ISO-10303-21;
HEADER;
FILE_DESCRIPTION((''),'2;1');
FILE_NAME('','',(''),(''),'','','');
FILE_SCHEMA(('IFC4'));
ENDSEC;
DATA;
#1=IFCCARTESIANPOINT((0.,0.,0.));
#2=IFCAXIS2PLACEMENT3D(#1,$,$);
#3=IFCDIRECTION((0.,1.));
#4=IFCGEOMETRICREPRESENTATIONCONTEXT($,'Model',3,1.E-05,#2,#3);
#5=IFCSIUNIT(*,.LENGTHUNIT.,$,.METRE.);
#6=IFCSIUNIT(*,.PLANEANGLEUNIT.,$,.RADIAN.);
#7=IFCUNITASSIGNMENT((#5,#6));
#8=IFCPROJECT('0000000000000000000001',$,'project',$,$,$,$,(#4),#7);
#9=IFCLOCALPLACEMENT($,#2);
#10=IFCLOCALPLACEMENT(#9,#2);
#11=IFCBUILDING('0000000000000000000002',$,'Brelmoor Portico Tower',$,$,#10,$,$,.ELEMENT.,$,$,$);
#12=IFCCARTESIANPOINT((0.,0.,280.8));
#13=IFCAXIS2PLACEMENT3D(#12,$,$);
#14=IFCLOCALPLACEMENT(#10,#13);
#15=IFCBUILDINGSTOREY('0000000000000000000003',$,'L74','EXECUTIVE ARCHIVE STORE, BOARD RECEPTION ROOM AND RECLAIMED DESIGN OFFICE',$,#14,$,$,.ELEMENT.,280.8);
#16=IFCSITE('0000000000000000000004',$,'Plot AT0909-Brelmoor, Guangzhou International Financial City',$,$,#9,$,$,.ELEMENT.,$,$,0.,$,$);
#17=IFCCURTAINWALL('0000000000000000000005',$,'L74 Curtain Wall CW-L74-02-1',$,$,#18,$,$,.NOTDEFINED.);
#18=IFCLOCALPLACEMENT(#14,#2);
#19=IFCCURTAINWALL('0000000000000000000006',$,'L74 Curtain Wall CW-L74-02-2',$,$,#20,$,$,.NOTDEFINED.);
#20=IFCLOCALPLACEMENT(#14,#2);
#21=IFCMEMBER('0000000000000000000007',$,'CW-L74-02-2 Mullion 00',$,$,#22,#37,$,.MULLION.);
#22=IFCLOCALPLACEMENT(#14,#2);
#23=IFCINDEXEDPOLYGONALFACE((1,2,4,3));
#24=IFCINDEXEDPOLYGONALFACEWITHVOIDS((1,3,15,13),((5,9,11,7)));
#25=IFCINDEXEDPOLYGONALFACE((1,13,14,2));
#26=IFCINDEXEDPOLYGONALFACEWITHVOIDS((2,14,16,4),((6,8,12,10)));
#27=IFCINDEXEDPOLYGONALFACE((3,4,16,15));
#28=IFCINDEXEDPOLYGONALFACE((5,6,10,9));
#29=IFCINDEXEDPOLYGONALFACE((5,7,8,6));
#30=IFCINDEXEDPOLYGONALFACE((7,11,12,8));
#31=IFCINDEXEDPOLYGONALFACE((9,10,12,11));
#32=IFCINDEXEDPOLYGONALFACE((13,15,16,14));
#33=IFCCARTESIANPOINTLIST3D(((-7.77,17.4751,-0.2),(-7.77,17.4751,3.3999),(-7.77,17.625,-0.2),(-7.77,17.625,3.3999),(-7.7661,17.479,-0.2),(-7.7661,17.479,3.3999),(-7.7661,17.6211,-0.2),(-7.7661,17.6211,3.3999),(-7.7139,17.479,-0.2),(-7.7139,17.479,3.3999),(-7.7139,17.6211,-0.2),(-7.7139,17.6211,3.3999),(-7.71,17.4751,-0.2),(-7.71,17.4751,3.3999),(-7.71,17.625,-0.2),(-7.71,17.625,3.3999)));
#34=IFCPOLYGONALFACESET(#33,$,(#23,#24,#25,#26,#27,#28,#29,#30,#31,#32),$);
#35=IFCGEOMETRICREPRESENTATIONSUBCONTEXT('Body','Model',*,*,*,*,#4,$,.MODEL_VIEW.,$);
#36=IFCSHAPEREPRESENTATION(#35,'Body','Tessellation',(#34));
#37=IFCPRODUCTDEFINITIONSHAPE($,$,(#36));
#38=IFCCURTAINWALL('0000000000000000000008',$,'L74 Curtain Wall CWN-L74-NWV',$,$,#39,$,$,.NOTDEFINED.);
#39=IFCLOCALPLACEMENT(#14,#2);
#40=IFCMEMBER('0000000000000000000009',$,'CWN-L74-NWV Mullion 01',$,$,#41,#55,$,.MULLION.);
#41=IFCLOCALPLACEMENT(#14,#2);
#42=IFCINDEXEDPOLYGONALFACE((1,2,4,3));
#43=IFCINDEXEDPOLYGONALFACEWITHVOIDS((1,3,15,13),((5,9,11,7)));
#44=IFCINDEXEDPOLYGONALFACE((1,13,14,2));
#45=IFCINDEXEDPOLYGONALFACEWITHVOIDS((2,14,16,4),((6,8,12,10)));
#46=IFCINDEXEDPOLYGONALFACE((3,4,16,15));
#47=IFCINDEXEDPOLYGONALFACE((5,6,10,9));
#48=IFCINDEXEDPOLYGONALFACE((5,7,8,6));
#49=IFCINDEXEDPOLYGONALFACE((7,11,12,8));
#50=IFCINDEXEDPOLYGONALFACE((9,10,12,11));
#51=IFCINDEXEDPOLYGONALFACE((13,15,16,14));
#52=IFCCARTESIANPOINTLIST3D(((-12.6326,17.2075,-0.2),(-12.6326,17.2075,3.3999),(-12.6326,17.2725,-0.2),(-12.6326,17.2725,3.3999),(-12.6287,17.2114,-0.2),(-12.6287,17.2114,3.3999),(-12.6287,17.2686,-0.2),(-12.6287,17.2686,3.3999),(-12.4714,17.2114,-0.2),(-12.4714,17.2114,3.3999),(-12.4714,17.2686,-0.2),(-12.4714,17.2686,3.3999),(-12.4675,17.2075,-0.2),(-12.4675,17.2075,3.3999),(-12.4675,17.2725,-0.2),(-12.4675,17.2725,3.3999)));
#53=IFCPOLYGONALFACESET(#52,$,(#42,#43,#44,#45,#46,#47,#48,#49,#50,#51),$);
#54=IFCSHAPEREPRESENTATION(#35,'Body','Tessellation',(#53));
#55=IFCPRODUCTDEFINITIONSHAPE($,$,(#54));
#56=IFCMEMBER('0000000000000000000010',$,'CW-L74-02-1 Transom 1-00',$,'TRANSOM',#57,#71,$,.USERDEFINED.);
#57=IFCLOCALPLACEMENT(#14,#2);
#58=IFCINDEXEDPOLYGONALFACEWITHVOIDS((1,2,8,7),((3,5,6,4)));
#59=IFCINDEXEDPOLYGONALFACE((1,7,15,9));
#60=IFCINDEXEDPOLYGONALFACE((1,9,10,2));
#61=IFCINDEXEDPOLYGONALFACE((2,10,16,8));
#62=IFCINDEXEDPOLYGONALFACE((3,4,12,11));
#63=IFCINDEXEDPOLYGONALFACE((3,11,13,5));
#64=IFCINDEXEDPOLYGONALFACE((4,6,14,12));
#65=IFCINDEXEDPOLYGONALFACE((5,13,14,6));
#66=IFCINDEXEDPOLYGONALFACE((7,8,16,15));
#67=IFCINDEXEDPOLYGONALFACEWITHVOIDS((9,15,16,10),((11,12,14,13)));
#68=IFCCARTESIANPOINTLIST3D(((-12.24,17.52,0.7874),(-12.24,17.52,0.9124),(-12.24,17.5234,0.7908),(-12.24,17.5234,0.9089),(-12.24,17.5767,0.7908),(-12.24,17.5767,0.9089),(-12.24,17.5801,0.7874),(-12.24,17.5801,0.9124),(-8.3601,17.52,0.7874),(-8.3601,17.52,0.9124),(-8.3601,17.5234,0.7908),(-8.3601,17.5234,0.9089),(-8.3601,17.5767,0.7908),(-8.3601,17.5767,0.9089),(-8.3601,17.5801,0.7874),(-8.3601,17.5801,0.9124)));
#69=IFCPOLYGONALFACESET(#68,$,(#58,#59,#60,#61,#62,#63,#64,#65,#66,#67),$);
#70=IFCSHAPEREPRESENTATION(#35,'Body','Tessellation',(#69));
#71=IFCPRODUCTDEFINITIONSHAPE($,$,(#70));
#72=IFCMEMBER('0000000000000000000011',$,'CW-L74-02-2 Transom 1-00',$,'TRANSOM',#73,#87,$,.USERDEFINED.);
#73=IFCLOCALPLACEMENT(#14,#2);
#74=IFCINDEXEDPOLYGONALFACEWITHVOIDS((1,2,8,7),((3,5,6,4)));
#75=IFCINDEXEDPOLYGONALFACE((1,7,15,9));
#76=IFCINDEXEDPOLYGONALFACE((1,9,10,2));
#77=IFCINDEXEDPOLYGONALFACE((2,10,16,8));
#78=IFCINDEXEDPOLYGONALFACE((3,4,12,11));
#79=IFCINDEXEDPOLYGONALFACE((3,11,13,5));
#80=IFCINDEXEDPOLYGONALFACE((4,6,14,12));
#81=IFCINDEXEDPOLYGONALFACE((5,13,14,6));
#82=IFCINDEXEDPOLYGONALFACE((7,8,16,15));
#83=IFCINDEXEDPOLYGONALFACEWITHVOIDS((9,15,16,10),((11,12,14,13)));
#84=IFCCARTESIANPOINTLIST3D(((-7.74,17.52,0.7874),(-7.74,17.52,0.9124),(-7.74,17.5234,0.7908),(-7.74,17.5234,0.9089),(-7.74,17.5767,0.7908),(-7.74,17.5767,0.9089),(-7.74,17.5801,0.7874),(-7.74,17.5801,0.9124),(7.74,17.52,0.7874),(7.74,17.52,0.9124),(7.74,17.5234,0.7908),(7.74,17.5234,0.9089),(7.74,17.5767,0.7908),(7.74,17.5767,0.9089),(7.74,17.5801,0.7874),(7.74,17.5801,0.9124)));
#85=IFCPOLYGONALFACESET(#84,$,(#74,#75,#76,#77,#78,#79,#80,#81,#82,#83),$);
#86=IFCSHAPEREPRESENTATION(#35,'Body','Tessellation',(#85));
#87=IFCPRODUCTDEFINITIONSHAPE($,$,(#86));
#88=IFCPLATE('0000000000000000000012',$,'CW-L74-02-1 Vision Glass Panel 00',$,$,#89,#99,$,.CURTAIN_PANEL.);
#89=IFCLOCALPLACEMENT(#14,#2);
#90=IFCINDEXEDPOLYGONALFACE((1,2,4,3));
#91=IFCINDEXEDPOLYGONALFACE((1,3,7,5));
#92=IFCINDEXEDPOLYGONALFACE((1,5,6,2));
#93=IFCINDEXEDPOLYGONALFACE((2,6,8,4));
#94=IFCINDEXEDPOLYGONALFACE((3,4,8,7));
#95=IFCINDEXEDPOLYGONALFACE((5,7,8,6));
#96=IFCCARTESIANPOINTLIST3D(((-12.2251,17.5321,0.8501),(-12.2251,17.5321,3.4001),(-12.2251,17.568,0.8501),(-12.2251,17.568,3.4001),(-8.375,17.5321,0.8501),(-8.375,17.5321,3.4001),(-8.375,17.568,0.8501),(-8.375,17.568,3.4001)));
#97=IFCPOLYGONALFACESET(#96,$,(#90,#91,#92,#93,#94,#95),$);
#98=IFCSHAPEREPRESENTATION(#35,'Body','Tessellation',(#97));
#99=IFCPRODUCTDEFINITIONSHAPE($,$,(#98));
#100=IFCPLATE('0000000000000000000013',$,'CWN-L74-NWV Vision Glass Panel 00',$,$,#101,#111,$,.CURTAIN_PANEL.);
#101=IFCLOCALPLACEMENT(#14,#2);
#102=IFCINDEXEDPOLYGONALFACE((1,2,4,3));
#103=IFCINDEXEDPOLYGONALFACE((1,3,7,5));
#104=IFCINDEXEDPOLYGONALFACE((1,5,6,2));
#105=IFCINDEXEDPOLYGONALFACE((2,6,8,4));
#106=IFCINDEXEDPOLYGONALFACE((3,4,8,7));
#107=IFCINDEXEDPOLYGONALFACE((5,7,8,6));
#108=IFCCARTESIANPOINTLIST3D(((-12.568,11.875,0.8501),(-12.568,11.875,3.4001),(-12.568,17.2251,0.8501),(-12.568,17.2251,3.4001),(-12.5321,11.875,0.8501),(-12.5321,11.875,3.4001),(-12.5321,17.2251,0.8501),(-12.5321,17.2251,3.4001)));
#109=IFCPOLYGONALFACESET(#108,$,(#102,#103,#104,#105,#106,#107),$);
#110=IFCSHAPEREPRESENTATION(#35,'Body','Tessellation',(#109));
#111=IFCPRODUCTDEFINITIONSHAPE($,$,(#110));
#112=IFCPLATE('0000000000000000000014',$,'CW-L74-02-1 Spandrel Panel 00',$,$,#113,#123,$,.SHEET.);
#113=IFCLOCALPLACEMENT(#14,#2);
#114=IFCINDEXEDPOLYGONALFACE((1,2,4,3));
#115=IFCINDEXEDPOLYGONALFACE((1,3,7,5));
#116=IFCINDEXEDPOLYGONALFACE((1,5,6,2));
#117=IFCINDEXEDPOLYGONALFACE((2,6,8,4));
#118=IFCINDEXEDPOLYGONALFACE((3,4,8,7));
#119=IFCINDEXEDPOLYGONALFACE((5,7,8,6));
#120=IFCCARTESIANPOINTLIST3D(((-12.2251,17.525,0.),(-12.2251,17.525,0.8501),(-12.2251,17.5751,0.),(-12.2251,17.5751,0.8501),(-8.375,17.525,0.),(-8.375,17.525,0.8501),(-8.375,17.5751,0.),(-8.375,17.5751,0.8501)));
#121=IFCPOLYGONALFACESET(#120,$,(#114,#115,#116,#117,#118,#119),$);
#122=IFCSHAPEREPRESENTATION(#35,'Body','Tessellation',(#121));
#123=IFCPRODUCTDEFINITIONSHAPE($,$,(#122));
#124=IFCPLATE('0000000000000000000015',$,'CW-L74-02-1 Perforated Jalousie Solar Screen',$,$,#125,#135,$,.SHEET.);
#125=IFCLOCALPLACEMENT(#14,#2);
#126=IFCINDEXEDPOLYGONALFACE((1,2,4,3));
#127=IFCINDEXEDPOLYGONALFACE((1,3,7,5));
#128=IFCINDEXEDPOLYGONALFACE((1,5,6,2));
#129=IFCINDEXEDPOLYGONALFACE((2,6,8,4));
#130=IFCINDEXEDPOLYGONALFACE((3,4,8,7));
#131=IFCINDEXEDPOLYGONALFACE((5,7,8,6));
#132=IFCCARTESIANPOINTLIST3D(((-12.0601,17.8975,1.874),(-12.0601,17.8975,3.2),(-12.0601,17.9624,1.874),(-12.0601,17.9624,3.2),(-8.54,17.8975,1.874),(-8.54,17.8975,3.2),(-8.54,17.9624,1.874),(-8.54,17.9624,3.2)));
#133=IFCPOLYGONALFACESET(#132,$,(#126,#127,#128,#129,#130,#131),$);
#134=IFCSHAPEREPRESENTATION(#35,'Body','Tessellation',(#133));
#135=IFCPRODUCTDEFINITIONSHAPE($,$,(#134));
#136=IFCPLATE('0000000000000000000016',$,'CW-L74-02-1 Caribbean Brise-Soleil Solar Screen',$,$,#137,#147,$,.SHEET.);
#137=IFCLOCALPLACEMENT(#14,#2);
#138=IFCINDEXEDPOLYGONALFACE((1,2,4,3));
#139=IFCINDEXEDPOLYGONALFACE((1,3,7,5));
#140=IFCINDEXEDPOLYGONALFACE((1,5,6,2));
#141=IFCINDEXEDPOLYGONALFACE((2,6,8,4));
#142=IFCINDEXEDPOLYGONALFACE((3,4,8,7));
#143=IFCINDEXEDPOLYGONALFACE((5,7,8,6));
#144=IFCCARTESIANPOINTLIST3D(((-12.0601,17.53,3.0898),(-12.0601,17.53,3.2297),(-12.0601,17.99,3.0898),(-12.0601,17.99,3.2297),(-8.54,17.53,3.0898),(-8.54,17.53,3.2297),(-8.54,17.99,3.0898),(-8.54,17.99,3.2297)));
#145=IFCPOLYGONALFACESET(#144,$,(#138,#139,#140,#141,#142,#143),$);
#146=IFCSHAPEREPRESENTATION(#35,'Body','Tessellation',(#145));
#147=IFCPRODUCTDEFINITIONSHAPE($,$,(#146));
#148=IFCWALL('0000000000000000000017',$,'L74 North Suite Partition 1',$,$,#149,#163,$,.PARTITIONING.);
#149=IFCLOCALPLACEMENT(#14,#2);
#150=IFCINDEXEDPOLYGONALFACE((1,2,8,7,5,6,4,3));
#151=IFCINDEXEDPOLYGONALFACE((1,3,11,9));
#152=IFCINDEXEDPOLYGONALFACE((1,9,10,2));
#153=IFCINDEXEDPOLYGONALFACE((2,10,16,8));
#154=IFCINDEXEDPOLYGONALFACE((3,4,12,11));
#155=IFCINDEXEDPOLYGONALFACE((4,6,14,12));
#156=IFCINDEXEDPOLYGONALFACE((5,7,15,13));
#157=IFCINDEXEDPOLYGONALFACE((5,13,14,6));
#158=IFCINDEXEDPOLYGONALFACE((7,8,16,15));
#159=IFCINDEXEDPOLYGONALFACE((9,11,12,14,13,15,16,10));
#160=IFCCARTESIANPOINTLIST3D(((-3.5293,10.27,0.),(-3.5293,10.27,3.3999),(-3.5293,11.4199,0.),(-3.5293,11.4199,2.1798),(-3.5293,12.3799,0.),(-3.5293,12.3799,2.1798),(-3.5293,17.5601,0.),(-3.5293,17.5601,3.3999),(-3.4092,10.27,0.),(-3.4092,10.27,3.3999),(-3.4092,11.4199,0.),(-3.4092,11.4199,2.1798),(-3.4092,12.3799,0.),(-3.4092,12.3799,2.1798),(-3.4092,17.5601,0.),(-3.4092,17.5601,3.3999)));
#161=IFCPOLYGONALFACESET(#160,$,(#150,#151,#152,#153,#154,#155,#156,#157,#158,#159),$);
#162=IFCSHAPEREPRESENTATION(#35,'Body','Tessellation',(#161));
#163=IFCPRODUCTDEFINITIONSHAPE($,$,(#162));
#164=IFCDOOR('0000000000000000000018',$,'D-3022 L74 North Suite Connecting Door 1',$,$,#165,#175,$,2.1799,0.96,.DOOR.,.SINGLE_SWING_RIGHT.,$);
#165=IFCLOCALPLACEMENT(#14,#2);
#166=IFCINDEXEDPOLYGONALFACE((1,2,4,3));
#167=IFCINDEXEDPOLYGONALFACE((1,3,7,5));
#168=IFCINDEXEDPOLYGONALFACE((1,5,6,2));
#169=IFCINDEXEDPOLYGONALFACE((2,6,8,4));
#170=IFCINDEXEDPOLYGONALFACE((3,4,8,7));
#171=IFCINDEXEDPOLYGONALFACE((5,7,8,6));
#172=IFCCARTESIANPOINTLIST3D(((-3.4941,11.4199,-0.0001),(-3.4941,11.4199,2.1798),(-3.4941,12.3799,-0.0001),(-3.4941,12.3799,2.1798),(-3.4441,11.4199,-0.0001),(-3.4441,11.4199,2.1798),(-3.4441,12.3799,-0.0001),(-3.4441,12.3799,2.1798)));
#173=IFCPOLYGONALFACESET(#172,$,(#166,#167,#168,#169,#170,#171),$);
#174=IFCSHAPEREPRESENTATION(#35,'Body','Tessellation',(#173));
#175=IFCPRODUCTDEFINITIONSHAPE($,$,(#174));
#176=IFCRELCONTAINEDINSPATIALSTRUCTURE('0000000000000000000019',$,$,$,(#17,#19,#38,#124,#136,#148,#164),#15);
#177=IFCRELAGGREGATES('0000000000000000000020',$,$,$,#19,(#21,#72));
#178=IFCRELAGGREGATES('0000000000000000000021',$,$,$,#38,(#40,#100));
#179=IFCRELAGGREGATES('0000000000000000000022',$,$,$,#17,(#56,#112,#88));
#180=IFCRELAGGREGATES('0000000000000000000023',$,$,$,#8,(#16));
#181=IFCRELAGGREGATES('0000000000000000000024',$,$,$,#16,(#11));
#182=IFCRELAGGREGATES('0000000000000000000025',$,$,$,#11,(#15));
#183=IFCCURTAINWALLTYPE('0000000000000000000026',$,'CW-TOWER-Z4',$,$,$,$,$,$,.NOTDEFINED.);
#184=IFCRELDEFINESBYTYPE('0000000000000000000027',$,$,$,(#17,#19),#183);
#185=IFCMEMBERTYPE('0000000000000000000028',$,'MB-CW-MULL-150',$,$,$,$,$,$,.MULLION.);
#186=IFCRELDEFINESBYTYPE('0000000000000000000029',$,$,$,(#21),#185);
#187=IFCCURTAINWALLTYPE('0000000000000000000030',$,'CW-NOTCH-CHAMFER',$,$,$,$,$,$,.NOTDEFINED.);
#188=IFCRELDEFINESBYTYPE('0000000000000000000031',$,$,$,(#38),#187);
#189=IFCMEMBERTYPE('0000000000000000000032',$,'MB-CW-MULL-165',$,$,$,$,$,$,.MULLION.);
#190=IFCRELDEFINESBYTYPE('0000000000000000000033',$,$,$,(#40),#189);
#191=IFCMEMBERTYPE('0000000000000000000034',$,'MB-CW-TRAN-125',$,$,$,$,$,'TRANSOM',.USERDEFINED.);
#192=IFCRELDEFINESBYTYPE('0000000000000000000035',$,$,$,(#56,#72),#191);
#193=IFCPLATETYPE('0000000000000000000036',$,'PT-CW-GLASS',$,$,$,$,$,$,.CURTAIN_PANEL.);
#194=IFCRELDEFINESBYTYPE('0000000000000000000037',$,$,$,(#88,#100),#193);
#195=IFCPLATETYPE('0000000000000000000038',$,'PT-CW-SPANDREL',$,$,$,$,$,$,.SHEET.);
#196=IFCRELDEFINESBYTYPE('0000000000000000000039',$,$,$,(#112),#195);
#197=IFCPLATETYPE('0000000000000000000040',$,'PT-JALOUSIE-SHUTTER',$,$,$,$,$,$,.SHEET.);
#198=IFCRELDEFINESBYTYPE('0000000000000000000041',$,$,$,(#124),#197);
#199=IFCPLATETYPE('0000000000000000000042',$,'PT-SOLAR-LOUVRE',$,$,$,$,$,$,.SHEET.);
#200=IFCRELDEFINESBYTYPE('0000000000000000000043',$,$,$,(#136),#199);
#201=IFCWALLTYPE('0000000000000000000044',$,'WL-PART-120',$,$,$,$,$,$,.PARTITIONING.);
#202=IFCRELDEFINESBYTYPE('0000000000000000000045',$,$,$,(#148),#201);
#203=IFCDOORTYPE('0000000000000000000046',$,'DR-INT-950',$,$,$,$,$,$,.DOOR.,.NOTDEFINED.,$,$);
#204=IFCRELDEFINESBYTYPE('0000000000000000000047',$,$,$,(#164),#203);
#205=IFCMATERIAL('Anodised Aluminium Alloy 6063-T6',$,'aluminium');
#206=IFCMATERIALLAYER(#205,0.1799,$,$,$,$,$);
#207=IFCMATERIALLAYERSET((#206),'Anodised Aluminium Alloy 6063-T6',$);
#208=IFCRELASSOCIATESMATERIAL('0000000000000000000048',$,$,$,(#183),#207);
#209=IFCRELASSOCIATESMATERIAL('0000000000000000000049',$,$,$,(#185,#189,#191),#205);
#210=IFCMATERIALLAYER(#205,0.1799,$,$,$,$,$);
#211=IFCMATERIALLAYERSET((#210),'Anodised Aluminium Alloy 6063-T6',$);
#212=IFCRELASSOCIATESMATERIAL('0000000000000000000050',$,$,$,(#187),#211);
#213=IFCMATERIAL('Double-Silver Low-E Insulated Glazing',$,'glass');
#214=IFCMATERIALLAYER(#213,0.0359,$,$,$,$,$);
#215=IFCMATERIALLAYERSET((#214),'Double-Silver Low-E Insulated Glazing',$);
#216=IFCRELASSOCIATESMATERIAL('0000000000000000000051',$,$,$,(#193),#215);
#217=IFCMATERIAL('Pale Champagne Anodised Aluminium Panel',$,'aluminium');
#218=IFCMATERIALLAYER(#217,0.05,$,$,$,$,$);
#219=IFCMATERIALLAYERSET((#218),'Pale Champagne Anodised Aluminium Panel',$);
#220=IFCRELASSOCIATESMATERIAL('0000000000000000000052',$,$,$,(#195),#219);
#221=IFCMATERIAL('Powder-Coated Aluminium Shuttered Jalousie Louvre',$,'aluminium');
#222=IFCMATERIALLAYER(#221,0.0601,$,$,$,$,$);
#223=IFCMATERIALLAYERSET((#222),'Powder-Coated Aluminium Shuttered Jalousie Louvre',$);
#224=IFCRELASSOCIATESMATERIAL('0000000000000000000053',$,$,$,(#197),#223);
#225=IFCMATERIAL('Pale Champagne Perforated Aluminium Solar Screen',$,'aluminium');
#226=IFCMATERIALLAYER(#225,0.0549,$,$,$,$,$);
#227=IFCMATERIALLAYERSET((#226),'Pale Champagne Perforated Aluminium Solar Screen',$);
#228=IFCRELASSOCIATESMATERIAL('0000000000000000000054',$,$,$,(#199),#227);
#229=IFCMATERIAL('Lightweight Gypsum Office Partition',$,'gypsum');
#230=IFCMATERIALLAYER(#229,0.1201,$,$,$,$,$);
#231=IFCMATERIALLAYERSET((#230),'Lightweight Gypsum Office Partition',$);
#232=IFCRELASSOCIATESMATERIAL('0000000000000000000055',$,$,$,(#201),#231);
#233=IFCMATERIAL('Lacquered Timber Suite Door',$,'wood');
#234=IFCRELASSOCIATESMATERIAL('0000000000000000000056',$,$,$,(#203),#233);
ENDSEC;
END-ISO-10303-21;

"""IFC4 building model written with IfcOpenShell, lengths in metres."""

from ifc_helpers import new_model, si_unit, direction, frame, frame_2d, origin, origin_2d, place, context, subcontext, project, spatial, rectangle, hollow_rectangle, extrude, material, layer, layer_set, material_profile, profile_set, type_object, element, fill, aggregate, save


model = new_model("IFC4")

# Units and contexts
model_context = context("Model", 3, precision=1e-05, world=origin(), true_north=direction((0.0, 1.0)))
body_context = subcontext(model_context, "Body", "Model", "MODEL_VIEW")
ifc_project = project(units=[si_unit("LENGTHUNIT", "METRE"), si_unit("PLANEANGLEUNIT", "RADIAN")], contexts=[model_context])

# Site, building, storey
site_placement = place(None, origin())
site = spatial("IfcSite", under=ifc_project, at=site_placement, Name="Plot AT0909-Brelmoor, Guangzhou International Financial City", CompositionType="ELEMENT", RefElevation=0.0)
building_placement = place(site_placement, origin())
building = spatial("IfcBuilding", under=site, at=building_placement, Name="Brelmoor Portico Tower", CompositionType="ELEMENT")
storey_placement = place(building_placement, frame((0.0, 0.0, 280.8)))
storey = spatial("IfcBuildingStorey", under=building, at=storey_placement, Name="L74", Description="EXECUTIVE ARCHIVE STORE, BOARD RECEPTION ROOM AND RECLAIMED DESIGN OFFICE", CompositionType="ELEMENT", Elevation=280.8)

# Curtain wall
ifc_material_1 = material(Name="Anodised Aluminium Alloy 6063-T6", Category="aluminium")
ifc_layer_1 = layer(ifc_material_1, 0.1799)
ifc_layer_set_1 = layer_set([ifc_layer_1], Name="Anodised Aluminium Alloy 6063-T6")
curtain_wall_type_1 = type_object("IfcCurtainWallType", Name="CW-TOWER-Z4", PredefinedType="NOTDEFINED", material=ifc_layer_set_1)
curtain_wall_1_placement = place(storey_placement, origin())
curtain_wall_1 = element("IfcCurtainWall", 1, at=curtain_wall_1_placement, inside=storey, type_object=curtain_wall_type_1, Name="L74 Curtain Wall CW-L74-02-1", PredefinedType="NOTDEFINED")
ifc_material_profile_1 = material_profile(ifc_material_1, hollow_rectangle(XDim=0.0601, YDim=0.1499, WallThickness=0.0039, at=origin_2d()), Name="ALU MULLION 60x150")
ifc_profile_set_1 = profile_set([ifc_material_profile_1], Name="Anodised Aluminium Alloy 6063-T6")
member_type_1 = type_object("IfcMemberType", Name="MB-CW-MULL-150", PredefinedType="MULLION", material=ifc_profile_set_1)

# Curtain walls, members
curtain_wall_2_placement = place(storey_placement, origin())
curtain_wall_2 = element("IfcCurtainWall", 2, at=curtain_wall_2_placement, inside=storey, type_object=curtain_wall_type_1, Name="L74 Curtain Wall CW-L74-02-2", PredefinedType="NOTDEFINED")
member_1_placement = place(storey_placement, frame((-7.74, 17.55, -0.2), z_axis=(0.0, 0.0, 1.0), x_axis=(1.0, 0.0, 0.0)))
member_1 = element("IfcMember", 3, at=member_1_placement, type_object=member_type_1, Name="CW-L74-02-2 Mullion 00", PredefinedType="MULLION", context=body_context, shape_type="SweptSolid", body=[
    extrude(hollow_rectangle(XDim=0.0601, YDim=0.1499, WallThickness=0.0039, at=origin_2d()), origin(), (0.0, 0.0, 1.0), 3.5999),
])
ifc_layer_2 = layer(ifc_material_1, 0.1799)
ifc_layer_set_2 = layer_set([ifc_layer_2], Name="Anodised Aluminium Alloy 6063-T6")
curtain_wall_type_2 = type_object("IfcCurtainWallType", Name="CW-NOTCH-CHAMFER", PredefinedType="NOTDEFINED", material=ifc_layer_set_2)
curtain_wall_3_placement = place(storey_placement, origin())
curtain_wall_3 = element("IfcCurtainWall", 4, at=curtain_wall_3_placement, inside=storey, type_object=curtain_wall_type_2, Name="L74 Curtain Wall CWN-L74-NWV", PredefinedType="NOTDEFINED")
ifc_material_profile_2 = material_profile(ifc_material_1, hollow_rectangle(XDim=0.0649, YDim=0.165, WallThickness=0.0039, at=origin_2d()), Name="ALU MULLION 65x165")
ifc_profile_set_2 = profile_set([ifc_material_profile_2], Name="Anodised Aluminium Alloy 6063-T6")
member_type_2 = type_object("IfcMemberType", Name="MB-CW-MULL-165", PredefinedType="MULLION", material=ifc_profile_set_2)
member_2_placement = place(storey_placement, frame((-12.55, 17.24, -0.2), z_axis=(0.0, 0.0, 1.0), x_axis=(0.0, 1.0, 0.0)))
member_2 = element("IfcMember", 5, at=member_2_placement, type_object=member_type_2, Name="CWN-L74-NWV Mullion 01", PredefinedType="MULLION", context=body_context, shape_type="SweptSolid", body=[
    extrude(hollow_rectangle(XDim=0.0649, YDim=0.165, WallThickness=0.0039, at=origin_2d()), origin(), (0.0, 0.0, 1.0), 3.5999),
])

# Members
ifc_material_profile_3 = material_profile(ifc_material_1, hollow_rectangle(XDim=0.0601, YDim=0.125, WallThickness=0.0034, at=origin_2d()), Name="ALU TRANSOM 60x125")
ifc_profile_set_3 = profile_set([ifc_material_profile_3], Name="Anodised Aluminium Alloy 6063-T6")
member_type_3 = type_object("IfcMemberType", Name="MB-CW-TRAN-125", ElementType="TRANSOM", PredefinedType="USERDEFINED", material=ifc_profile_set_3)
member_3_placement = place(storey_placement, frame((-12.24, 17.55, 0.8499), z_axis=(1.0, 0.0, 0.0), x_axis=(0.0, 1.0, 0.0)))
member_3 = element("IfcMember", 6, at=member_3_placement, type_object=member_type_3, Name="CW-L74-02-1 Transom 1-00", ObjectType="TRANSOM", PredefinedType="USERDEFINED", context=body_context, shape_type="SweptSolid", body=[
    extrude(hollow_rectangle(XDim=0.0601, YDim=0.125, WallThickness=0.0034, at=origin_2d()), origin(), (0.0, 0.0, 1.0), 3.8799),
])
member_4_placement = place(storey_placement, frame((-7.74, 17.55, 0.8499), z_axis=(1.0, 0.0, 0.0), x_axis=(0.0, 1.0, 0.0)))
member_4 = element("IfcMember", 7, at=member_4_placement, type_object=member_type_3, Name="CW-L74-02-2 Transom 1-00", ObjectType="TRANSOM", PredefinedType="USERDEFINED", context=body_context, shape_type="SweptSolid", body=[
    extrude(hollow_rectangle(XDim=0.0601, YDim=0.125, WallThickness=0.0034, at=origin_2d()), origin(), (0.0, 0.0, 1.0), 15.48),
])
aggregate(curtain_wall_2, [member_1, member_4])

# Plates
ifc_material_2 = material(Name="Double-Silver Low-E Insulated Glazing", Category="glass")
ifc_layer_3 = layer(ifc_material_2, 0.0359)
ifc_layer_set_3 = layer_set([ifc_layer_3], Name="Double-Silver Low-E Insulated Glazing")
plate_type_1 = type_object("IfcPlateType", Name="PT-CW-GLASS", PredefinedType="CURTAIN_PANEL", material=ifc_layer_set_3)
plate_1_placement = place(storey_placement, frame((-10.3, 17.55, 0.8501), z_axis=(0.0, 0.0, 1.0), x_axis=(1.0, 0.0, 0.0)))
plate_1 = element("IfcPlate", 8, at=plate_1_placement, type_object=plate_type_1, Name="CW-L74-02-1 Vision Glass Panel 00", PredefinedType="CURTAIN_PANEL", context=body_context, shape_type="SweptSolid", body=[
    extrude(rectangle(XDim=3.8501, YDim=0.0359, at=origin_2d()), origin(), (0.0, 0.0, 1.0), 2.55),
])
plate_2_placement = place(storey_placement, frame((-12.55, 14.55, 0.8501), z_axis=(0.0, 0.0, 1.0), x_axis=(0.0, 1.0, 0.0)))
plate_2 = element("IfcPlate", 9, at=plate_2_placement, type_object=plate_type_1, Name="CWN-L74-NWV Vision Glass Panel 00", PredefinedType="CURTAIN_PANEL", context=body_context, shape_type="SweptSolid", body=[
    extrude(rectangle(XDim=5.3501, YDim=0.0359, at=origin_2d()), origin(), (0.0, 0.0, 1.0), 2.55),
])
aggregate(curtain_wall_3, [member_2, plate_2])
ifc_material_3 = material(Name="Pale Champagne Anodised Aluminium Panel", Category="aluminium")
ifc_layer_4 = layer(ifc_material_3, 0.05)
ifc_layer_set_4 = layer_set([ifc_layer_4], Name="Pale Champagne Anodised Aluminium Panel")
plate_type_2 = type_object("IfcPlateType", Name="PT-CW-SPANDREL", PredefinedType="SHEET", material=ifc_layer_set_4)
plate_3_placement = place(storey_placement, frame((-10.3, 17.55, 0.0), z_axis=(0.0, 0.0, 1.0), x_axis=(1.0, 0.0, 0.0)))
plate_3 = element("IfcPlate", 10, at=plate_3_placement, type_object=plate_type_2, Name="CW-L74-02-1 Spandrel Panel 00", PredefinedType="SHEET", context=body_context, shape_type="SweptSolid", body=[
    extrude(rectangle(XDim=3.8501, YDim=0.05, at=origin_2d()), origin(), (0.0, 0.0, 1.0), 0.8501),
])
aggregate(curtain_wall_1, [member_3, plate_3, plate_1])

# Plates
ifc_material_4 = material(Name="Powder-Coated Aluminium Shuttered Jalousie Louvre", Category="aluminium")
ifc_layer_5 = layer(ifc_material_4, 0.0601)
ifc_layer_set_5 = layer_set([ifc_layer_5], Name="Powder-Coated Aluminium Shuttered Jalousie Louvre")
plate_type_3 = type_object("IfcPlateType", Name="PT-JALOUSIE-SHUTTER", PredefinedType="SHEET", material=ifc_layer_set_5)
plate_4_placement = place(storey_placement, frame((-10.3, 17.9299, 1.874), z_axis=(0.0, 0.0, 1.0), x_axis=(1.0, 0.0, 0.0)))
element("IfcPlate", 11, at=plate_4_placement, inside=storey, type_object=plate_type_3, Name="CW-L74-02-1 Perforated Jalousie Solar Screen", PredefinedType="SHEET", context=body_context, shape_type="SweptSolid", body=[
    extrude(rectangle(XDim=3.52, YDim=0.0649, at=origin_2d()), origin(), (0.0, 0.0, 1.0), 1.3259),
])
ifc_material_5 = material(Name="Pale Champagne Perforated Aluminium Solar Screen", Category="aluminium")
ifc_layer_6 = layer(ifc_material_5, 0.0549)
ifc_layer_set_6 = layer_set([ifc_layer_6], Name="Pale Champagne Perforated Aluminium Solar Screen")
plate_type_4 = type_object("IfcPlateType", Name="PT-SOLAR-LOUVRE", PredefinedType="SHEET", material=ifc_layer_set_6)
plate_5_placement = place(storey_placement, frame((-10.3, 17.76, 3.0898), z_axis=(0.0, 0.0, 1.0), x_axis=(1.0, 0.0, 0.0)))
element("IfcPlate", 12, at=plate_5_placement, inside=storey, type_object=plate_type_4, Name="CW-L74-02-1 Caribbean Brise-Soleil Solar Screen", PredefinedType="SHEET", context=body_context, shape_type="SweptSolid", body=[
    extrude(rectangle(XDim=3.52, YDim=0.46, at=origin_2d()), origin(), (0.0, 0.0, 1.0), 0.1399),
])

# Wall, opening, door
ifc_material_6 = material(Name="Lightweight Gypsum Office Partition", Category="gypsum")
ifc_layer_7 = layer(ifc_material_6, 0.1201)
ifc_layer_set_7 = layer_set([ifc_layer_7], Name="Lightweight Gypsum Office Partition")
wall_type_1 = type_object("IfcWallType", Name="WL-PART-120", PredefinedType="PARTITIONING", material=ifc_layer_set_7)
wall_1_placement = place(storey_placement, frame((-3.4692, 10.27, 0.0), z_axis=(0.0, 0.0, 1.0), x_axis=(0.0, 1.0, 0.0)))
wall_1 = element("IfcWall", 13, at=wall_1_placement, inside=storey, type_object=wall_type_1, Name="L74 North Suite Partition 1", PredefinedType="PARTITIONING", context=body_context, shape_type="SweptSolid", body=[
    extrude(rectangle(XDim=7.29, YDim=0.1201, at=frame_2d((3.645, 0.0))), origin(), (0.0, 0.0, 1.0), 3.3999),
])
opening_1_placement = place(wall_1_placement, frame((1.1499, 0.0, 0.0)))
opening_1 = element("IfcOpeningElement", 14, at=opening_1_placement, cuts=wall_1, PredefinedType="OPENING", context=body_context, shape_type="SweptSolid", body=[
    extrude(rectangle(XDim=0.96, YDim=2.1799, at=frame_2d((0.48, 1.0898))), frame((0.0, 0.0701, 0.0), z_axis=(0.0, -1.0, 0.0), x_axis=(1.0, 0.0, 0.0)), (0.0, 0.0, 1.0), 0.1401),
])
ifc_material_7 = material(Name="Lacquered Timber Suite Door", Category="wood")
door_type_1 = type_object("IfcDoorType", Name="DR-INT-950", OperationType="NOTDEFINED", PredefinedType="DOOR", material=ifc_material_7)
door_1_placement = place(opening_1_placement, origin())
door_1 = element("IfcDoor", 15, at=door_1_placement, inside=storey, type_object=door_type_1, Name="D-3022 L74 North Suite Connecting Door 1", OperationType="SINGLE_SWING_RIGHT", OverallHeight=2.1799, OverallWidth=0.96, PredefinedType="DOOR", context=body_context, shape_type="SweptSolid", body=[
    extrude(rectangle(XDim=0.96, YDim=2.1799, at=frame_2d((0.48, 1.0898))), frame((0.0, 0.0249, 0.0), z_axis=(0.0, -1.0, 0.0), x_axis=(1.0, 0.0, 0.0)), (0.0, 0.0, 1.0), 0.05),
])
fill(opening_1, door_1)

save(model, "model.ifc")
